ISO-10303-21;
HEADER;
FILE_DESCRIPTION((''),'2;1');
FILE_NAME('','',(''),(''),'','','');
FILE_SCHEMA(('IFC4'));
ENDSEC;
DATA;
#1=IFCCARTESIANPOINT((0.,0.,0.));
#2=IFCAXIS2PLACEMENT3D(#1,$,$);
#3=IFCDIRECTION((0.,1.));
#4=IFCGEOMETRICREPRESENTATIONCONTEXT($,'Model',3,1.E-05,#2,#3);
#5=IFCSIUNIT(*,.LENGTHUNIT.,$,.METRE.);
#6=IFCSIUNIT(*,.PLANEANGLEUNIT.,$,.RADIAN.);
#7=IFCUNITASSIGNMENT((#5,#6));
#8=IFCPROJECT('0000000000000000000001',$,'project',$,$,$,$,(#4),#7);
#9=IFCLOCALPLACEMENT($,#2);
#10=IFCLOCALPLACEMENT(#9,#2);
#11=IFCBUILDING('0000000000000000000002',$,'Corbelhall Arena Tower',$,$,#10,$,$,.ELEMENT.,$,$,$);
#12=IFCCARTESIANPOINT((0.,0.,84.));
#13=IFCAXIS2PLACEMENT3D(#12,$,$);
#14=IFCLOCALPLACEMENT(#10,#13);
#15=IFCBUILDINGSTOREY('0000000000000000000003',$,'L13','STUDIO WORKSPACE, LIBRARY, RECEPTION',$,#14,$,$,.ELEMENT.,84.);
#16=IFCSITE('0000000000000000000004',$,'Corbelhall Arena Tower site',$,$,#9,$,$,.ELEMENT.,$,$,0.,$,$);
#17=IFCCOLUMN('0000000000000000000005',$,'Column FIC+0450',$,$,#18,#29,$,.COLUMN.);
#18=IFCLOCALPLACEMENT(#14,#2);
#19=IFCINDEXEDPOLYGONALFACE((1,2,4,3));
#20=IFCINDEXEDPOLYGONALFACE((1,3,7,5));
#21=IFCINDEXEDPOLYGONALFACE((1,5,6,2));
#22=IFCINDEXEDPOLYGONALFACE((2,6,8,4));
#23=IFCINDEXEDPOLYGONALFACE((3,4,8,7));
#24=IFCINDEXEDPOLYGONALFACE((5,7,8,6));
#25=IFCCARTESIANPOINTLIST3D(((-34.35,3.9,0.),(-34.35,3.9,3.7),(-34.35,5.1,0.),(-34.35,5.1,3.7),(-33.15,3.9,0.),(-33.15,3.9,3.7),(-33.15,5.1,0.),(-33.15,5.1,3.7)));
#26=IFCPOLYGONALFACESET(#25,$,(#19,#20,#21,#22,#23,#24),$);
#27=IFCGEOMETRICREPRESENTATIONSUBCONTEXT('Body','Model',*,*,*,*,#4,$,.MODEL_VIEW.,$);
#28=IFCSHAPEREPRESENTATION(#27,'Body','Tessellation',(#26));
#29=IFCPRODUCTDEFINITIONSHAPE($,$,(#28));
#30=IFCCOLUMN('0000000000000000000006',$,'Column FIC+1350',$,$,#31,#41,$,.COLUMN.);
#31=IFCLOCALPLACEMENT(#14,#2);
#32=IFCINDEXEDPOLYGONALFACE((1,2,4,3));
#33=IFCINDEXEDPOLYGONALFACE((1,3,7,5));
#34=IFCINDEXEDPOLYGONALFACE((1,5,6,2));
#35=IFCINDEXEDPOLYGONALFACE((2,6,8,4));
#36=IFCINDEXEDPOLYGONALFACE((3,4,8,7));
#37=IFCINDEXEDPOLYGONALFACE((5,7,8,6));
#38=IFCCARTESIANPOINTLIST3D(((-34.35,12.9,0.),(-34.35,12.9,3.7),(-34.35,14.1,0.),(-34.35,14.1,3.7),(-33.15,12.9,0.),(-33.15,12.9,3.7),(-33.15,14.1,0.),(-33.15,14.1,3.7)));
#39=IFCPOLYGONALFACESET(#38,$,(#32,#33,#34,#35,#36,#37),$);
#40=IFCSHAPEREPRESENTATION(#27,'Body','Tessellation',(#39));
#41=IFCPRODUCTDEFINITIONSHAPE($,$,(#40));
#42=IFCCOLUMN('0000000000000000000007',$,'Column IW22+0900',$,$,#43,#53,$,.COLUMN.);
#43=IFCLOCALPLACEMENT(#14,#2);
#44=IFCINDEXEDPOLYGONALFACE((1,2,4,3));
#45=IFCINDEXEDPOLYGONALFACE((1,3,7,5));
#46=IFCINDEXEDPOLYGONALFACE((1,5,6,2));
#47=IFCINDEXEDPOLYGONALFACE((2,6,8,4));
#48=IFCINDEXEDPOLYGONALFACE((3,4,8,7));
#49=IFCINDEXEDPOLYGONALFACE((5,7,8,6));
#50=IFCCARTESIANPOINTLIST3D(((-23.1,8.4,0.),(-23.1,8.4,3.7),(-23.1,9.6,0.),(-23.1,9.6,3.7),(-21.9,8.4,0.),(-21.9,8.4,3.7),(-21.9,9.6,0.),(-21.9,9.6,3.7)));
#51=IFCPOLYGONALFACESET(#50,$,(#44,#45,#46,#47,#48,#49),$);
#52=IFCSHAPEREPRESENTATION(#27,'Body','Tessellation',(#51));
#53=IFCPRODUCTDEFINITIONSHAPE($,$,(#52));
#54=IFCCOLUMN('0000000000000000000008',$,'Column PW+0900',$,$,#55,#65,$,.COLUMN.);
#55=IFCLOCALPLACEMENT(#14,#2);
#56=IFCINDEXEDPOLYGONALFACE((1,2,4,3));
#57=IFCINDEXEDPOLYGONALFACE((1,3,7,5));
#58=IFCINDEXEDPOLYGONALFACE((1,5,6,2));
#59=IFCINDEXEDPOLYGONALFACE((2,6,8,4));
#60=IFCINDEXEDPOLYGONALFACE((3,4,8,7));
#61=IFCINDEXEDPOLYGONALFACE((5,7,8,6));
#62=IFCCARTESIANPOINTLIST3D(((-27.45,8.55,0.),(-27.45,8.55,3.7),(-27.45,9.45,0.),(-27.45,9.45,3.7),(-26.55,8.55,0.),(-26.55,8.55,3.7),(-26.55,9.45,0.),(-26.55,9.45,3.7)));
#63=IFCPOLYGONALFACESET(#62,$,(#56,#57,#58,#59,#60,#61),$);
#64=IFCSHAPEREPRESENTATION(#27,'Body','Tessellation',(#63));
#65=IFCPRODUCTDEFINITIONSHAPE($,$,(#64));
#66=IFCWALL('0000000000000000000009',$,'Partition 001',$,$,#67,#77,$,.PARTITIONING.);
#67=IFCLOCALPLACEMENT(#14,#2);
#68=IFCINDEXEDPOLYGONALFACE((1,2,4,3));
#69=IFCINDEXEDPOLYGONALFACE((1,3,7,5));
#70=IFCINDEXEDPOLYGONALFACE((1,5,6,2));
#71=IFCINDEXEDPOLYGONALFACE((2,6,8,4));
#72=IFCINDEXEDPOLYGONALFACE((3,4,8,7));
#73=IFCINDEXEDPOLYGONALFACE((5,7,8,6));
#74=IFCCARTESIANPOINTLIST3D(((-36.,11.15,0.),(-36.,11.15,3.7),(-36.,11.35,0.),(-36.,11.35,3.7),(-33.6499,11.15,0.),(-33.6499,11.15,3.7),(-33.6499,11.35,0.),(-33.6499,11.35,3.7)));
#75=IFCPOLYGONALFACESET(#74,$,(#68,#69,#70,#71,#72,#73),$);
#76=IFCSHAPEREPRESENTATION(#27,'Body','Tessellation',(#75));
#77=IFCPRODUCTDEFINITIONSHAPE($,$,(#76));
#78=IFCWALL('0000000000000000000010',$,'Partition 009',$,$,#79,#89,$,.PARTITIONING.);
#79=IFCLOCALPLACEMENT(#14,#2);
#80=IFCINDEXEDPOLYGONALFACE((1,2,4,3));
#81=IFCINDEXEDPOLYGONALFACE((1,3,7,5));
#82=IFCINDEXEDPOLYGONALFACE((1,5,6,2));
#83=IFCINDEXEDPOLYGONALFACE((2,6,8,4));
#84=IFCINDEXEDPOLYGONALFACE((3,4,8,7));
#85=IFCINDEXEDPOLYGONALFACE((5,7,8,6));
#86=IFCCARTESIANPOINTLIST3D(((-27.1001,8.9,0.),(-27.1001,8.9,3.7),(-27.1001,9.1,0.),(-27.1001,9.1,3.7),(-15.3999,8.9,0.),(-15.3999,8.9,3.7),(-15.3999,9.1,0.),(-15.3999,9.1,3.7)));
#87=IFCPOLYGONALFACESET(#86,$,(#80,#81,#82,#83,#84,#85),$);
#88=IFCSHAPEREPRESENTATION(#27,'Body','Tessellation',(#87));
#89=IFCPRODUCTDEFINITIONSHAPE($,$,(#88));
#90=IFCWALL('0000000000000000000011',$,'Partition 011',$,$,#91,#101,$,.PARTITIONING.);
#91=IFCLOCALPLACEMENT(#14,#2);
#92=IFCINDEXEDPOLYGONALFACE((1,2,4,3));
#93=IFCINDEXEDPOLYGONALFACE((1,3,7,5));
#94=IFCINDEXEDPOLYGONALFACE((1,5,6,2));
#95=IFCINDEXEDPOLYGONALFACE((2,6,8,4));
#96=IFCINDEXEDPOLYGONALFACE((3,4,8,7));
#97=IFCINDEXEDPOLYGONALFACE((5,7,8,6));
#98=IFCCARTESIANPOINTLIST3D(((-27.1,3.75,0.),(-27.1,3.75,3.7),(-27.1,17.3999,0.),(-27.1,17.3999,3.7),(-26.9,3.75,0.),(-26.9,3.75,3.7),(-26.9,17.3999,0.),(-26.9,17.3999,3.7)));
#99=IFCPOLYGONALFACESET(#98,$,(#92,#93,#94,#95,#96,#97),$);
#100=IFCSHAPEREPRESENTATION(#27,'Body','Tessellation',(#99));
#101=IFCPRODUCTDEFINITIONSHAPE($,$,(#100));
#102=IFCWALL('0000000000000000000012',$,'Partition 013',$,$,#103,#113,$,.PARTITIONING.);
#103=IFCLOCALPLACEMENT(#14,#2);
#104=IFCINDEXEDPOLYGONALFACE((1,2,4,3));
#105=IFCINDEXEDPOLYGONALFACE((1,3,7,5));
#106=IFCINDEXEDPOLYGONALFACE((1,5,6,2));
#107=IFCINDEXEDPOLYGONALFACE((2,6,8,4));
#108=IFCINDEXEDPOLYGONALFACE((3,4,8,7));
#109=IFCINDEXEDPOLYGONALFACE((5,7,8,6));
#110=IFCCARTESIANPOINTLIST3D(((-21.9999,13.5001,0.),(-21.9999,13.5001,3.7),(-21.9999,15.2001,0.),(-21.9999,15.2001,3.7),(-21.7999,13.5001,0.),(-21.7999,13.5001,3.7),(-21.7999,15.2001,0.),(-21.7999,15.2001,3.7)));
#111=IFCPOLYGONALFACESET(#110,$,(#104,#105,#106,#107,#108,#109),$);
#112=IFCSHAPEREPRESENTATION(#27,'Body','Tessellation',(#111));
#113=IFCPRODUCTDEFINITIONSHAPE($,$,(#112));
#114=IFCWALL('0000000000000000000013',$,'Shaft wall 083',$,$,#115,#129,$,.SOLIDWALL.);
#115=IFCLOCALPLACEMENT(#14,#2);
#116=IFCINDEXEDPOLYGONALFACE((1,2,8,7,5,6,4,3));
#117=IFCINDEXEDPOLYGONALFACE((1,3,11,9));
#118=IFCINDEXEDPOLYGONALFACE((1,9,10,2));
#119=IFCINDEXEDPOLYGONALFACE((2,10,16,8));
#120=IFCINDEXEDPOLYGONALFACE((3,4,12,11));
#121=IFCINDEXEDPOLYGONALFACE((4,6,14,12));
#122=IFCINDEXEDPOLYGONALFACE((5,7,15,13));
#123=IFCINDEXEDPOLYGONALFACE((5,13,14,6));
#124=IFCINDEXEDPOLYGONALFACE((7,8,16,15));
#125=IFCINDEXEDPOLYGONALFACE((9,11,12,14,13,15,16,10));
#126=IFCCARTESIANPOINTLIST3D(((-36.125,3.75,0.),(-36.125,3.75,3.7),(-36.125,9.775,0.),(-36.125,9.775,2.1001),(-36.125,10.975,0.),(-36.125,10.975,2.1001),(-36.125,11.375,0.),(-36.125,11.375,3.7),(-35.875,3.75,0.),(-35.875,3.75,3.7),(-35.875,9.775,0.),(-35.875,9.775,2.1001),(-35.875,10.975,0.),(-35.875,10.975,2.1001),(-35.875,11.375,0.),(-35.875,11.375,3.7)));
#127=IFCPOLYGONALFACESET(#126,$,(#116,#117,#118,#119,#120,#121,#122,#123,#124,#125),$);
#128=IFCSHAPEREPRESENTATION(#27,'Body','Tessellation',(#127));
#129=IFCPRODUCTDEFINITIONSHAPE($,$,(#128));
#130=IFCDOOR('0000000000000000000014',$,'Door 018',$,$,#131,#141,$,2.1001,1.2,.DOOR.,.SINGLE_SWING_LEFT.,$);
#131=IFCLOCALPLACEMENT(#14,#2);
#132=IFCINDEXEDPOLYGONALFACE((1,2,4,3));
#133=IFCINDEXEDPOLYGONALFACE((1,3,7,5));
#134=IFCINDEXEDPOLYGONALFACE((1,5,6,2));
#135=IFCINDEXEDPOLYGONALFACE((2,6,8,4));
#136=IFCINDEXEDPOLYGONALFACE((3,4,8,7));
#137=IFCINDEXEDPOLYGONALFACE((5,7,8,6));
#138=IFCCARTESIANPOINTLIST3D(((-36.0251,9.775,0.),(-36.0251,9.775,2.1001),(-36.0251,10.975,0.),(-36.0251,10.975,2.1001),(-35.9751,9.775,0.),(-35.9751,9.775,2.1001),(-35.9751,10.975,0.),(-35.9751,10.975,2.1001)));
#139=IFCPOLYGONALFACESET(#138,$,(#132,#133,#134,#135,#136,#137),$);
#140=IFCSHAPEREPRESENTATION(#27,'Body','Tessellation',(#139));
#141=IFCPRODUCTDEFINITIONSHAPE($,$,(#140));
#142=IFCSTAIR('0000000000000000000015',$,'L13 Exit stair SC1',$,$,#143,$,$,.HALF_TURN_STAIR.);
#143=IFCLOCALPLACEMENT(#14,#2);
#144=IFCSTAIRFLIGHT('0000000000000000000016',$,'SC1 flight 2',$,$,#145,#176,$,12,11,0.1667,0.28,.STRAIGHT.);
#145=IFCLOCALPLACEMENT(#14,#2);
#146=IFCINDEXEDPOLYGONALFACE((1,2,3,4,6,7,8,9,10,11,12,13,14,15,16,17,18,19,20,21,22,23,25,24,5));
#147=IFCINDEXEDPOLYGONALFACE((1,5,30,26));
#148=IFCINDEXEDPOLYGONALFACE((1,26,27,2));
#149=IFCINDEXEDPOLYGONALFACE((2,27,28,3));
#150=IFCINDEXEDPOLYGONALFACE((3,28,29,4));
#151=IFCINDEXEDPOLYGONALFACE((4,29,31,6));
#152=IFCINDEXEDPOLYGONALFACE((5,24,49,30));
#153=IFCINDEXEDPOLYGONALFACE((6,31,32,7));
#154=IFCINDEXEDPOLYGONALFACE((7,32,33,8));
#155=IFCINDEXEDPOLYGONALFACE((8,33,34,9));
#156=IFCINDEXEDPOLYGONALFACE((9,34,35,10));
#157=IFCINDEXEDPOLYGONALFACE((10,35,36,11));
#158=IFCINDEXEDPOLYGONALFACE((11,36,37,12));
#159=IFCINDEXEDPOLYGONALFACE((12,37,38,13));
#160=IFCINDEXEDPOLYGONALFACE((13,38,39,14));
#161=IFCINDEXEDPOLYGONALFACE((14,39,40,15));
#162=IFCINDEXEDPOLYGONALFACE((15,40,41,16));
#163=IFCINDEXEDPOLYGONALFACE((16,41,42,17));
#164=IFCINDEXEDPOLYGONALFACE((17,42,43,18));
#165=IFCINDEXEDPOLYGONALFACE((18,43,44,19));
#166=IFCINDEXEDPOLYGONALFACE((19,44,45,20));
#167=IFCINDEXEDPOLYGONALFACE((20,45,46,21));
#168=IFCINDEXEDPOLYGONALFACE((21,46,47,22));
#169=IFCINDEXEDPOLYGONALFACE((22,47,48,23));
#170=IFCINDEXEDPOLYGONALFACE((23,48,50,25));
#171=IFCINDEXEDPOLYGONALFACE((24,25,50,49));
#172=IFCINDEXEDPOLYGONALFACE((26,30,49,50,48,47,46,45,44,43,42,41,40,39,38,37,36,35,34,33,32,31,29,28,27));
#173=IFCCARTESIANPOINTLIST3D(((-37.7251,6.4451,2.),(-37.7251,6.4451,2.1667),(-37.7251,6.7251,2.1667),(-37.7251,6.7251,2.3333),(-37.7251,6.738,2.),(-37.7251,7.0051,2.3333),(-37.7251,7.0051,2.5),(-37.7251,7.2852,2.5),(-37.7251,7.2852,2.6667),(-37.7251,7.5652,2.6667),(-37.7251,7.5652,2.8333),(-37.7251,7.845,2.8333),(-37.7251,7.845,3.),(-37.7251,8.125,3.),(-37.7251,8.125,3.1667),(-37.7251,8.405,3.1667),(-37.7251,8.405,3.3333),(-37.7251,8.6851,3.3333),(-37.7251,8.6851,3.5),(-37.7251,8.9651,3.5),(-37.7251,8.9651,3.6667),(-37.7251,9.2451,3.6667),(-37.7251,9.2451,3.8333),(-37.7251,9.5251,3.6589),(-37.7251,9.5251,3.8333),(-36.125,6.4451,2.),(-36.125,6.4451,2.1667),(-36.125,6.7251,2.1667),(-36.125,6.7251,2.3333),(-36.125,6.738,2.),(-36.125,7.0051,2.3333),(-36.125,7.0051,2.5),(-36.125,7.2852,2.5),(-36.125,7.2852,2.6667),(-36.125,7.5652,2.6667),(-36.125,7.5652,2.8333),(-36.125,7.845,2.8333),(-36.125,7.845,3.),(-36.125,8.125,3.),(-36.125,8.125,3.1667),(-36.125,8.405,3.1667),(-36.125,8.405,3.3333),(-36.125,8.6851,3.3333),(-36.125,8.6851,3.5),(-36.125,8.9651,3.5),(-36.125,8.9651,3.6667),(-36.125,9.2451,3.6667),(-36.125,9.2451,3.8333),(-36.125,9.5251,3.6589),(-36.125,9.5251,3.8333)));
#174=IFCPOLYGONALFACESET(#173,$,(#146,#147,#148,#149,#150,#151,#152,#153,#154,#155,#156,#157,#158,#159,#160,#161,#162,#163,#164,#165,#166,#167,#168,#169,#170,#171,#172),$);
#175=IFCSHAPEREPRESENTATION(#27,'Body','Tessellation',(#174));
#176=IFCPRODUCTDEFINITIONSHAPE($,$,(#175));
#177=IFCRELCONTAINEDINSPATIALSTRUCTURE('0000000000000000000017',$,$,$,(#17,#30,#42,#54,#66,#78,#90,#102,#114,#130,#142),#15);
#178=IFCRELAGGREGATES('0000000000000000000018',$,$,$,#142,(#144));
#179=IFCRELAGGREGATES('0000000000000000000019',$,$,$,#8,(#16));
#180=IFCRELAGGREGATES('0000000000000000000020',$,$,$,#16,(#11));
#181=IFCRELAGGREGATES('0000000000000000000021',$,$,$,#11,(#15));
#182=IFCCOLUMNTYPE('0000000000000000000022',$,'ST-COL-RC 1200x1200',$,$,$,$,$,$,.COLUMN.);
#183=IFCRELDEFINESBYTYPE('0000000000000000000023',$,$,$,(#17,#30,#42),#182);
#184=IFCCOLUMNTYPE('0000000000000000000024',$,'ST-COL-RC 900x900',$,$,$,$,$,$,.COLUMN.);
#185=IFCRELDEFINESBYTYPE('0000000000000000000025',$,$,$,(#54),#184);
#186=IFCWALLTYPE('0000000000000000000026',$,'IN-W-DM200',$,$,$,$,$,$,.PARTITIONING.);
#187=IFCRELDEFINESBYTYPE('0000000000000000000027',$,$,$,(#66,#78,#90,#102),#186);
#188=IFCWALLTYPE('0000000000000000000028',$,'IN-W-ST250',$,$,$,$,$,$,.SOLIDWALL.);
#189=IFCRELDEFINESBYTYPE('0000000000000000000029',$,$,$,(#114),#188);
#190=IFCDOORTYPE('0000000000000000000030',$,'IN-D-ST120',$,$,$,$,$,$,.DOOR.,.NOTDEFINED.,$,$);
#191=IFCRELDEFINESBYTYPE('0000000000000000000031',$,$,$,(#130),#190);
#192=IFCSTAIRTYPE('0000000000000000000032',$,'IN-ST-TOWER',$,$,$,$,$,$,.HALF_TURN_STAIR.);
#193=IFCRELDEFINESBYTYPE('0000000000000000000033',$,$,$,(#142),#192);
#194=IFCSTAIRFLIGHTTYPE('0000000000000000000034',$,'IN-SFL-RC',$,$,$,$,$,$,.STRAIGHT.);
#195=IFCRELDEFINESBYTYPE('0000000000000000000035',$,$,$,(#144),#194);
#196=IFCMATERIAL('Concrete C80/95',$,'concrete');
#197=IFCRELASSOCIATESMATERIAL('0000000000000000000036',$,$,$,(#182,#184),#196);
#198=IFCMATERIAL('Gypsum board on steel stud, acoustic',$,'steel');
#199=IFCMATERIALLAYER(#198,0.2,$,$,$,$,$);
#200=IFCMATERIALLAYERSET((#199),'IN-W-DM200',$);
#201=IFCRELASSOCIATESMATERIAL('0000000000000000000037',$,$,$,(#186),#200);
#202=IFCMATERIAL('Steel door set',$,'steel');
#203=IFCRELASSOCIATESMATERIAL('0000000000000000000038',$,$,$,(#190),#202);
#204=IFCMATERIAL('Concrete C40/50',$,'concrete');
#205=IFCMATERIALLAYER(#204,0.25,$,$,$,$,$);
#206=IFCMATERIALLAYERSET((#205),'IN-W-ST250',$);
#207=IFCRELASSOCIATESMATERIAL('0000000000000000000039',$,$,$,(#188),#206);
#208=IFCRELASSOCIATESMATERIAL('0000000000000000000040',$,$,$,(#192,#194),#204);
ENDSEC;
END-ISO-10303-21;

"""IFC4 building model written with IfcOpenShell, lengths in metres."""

from ifc_helpers import new_model, si_unit, direction, frame, frame_2d, origin, origin_2d, place, context, subcontext, project, spatial, polyline, rectangle, outline, extrude, material, layer, layer_set, material_profile, profile_set, type_object, element, fill, aggregate, save


model = new_model("IFC4")

# Units and contexts
model_context = context("Model", 3, precision=1e-05, world=origin(), true_north=direction((0.0, 1.0)))
body_context = subcontext(model_context, "Body", "Model", "MODEL_VIEW")
ifc_project = project(units=[si_unit("LENGTHUNIT", "METRE"), si_unit("PLANEANGLEUNIT", "RADIAN")], contexts=[model_context])

# Site, building, storey
site_placement = place(None, origin())
site = spatial("IfcSite", under=ifc_project, at=site_placement, Name="Corbelhall Arena Tower site", CompositionType="ELEMENT", RefElevation=0.0)
building_placement = place(site_placement, origin())
building = spatial("IfcBuilding", under=site, at=building_placement, Name="Corbelhall Arena Tower", CompositionType="ELEMENT")
storey_placement = place(building_placement, frame((0.0, 0.0, 84.0)))
storey = spatial("IfcBuildingStorey", under=building, at=storey_placement, Name="L13", Description="STUDIO WORKSPACE, LIBRARY, RECEPTION", CompositionType="ELEMENT", Elevation=84.0)

# Columns
ifc_material_1 = material(Name="Concrete C80/95", Category="concrete")
ifc_material_profile_1 = material_profile(ifc_material_1, rectangle(XDim=1.2, YDim=1.2, at=origin_2d()))
ifc_profile_set_1 = profile_set([ifc_material_profile_1], Name="Concrete C80/95")
column_type_1 = type_object("IfcColumnType", Name="ST-COL-RC 1200x1200", PredefinedType="COLUMN", material=ifc_profile_set_1)
for number, where, z_axis, x_axis, name in (
    (1, (-33.75, 4.5, 0.0), (0.0, 0.0, 1.0), (1.0, 0.0, 0.0), "Column FIC+0450"),
    (2, (-33.75, 13.5, 0.0), (0.0, 0.0, 1.0), (1.0, 0.0, 0.0), "Column FIC+1350"),
    (3, (-22.5, 9.0, 0.0), (0.0, 0.0, 1.0), (1.0, 0.0, 0.0), "Column IW22+0900"),
):
    element("IfcColumn", number, at=place(storey_placement, frame(where, z_axis=z_axis, x_axis=x_axis)), inside=storey, type_object=column_type_1, Name=name, PredefinedType="COLUMN", context=body_context, shape_type="SweptSolid", body=[
        extrude(rectangle(XDim=1.2, YDim=1.2, at=origin_2d()), origin(), (0.0, 0.0, 1.0), 3.7),
    ])
ifc_material_profile_2 = material_profile(ifc_material_1, rectangle(XDim=0.8999, YDim=0.8999, at=origin_2d()))
ifc_profile_set_2 = profile_set([ifc_material_profile_2], Name="Concrete C80/95")
column_type_2 = type_object("IfcColumnType", Name="ST-COL-RC 900x900", PredefinedType="COLUMN", material=ifc_profile_set_2)
column_placement = place(storey_placement, frame((-27.0, 9.0, 0.0), z_axis=(0.0, 0.0, 1.0), x_axis=(1.0, 0.0, 0.0)))
element("IfcColumn", 4, at=column_placement, inside=storey, type_object=column_type_2, Name="Column PW+0900", PredefinedType="COLUMN", context=body_context, shape_type="SweptSolid", body=[
    extrude(rectangle(XDim=0.8999, YDim=0.8999, at=origin_2d()), origin(), (0.0, 0.0, 1.0), 3.7),
])

# Wall
ifc_material_2 = material(Name="Gypsum board on steel stud, acoustic", Category="steel")
ifc_layer_1 = layer(ifc_material_2, 0.2)
ifc_layer_set_1 = layer_set([ifc_layer_1], Name="IN-W-DM200")
wall_type_1 = type_object("IfcWallType", Name="IN-W-DM200", PredefinedType="PARTITIONING", material=ifc_layer_set_1)
wall_1_placement = place(storey_placement, frame((-36.0, 11.25, 0.0), z_axis=(0.0, 0.0, 1.0), x_axis=(1.0, 0.0, 0.0)))
element("IfcWall", 5, at=wall_1_placement, inside=storey, type_object=wall_type_1, Name="Partition 001", PredefinedType="PARTITIONING", context=body_context, shape_type="SweptSolid", body=[
    extrude(rectangle(XDim=2.3501, YDim=0.2, at=frame_2d((1.175, 0.0))), origin(), (0.0, 0.0, 1.0), 3.7),
])

# Shared definitions
ifc_material_3 = material(Name="Steel door set", Category="steel")

# Walls
wall_2_placement = place(storey_placement, frame((-27.1001, 9.0, 0.0), z_axis=(0.0, 0.0, 1.0), x_axis=(1.0, 0.0, 0.0)))
element("IfcWall", 6, at=wall_2_placement, inside=storey, type_object=wall_type_1, Name="Partition 009", PredefinedType="PARTITIONING", context=body_context, shape_type="SweptSolid", body=[
    extrude(rectangle(XDim=11.7002, YDim=0.2, at=frame_2d((5.8501, 0.0))), origin(), (0.0, 0.0, 1.0), 3.7),
])
wall_3_placement = place(storey_placement, frame((-27.0, 3.75, 0.0), z_axis=(0.0, 0.0, 1.0), x_axis=(0.0, 1.0, 0.0)))
element("IfcWall", 7, at=wall_3_placement, inside=storey, type_object=wall_type_1, Name="Partition 011", PredefinedType="PARTITIONING", context=body_context, shape_type="SweptSolid", body=[
    extrude(rectangle(XDim=13.6499, YDim=0.2, at=frame_2d((6.825, 0.0))), origin(), (0.0, 0.0, 1.0), 3.7),
])
wall_4_placement = place(storey_placement, frame((-21.8999, 13.5, 0.0), z_axis=(0.0, 0.0, 1.0), x_axis=(0.0, 1.0, 0.0)))
element("IfcWall", 8, at=wall_4_placement, inside=storey, type_object=wall_type_1, Name="Partition 013", PredefinedType="PARTITIONING", context=body_context, shape_type="SweptSolid", body=[
    extrude(rectangle(XDim=1.7, YDim=0.2, at=frame_2d((0.8501, 0.0))), origin(), (0.0, 0.0, 1.0), 3.7),
])

# Wall, opening, door
ifc_material_4 = material(Name="Concrete C40/50", Category="concrete")
door_type_1 = type_object("IfcDoorType", Name="IN-D-ST120", OperationType="NOTDEFINED", PredefinedType="DOOR", material=ifc_material_3)
ifc_layer_2 = layer(ifc_material_4, 0.25)
ifc_layer_set_2 = layer_set([ifc_layer_2], Name="IN-W-ST250")
wall_type_2 = type_object("IfcWallType", Name="IN-W-ST250", PredefinedType="SOLIDWALL", material=ifc_layer_set_2)
wall_5_placement = place(storey_placement, frame((-36.0, 11.375, 0.0), z_axis=(0.0, 0.0, 1.0), x_axis=(0.0, -1.0, 0.0)))
wall_5 = element("IfcWall", 9, at=wall_5_placement, inside=storey, type_object=wall_type_2, Name="Shaft wall 083", PredefinedType="SOLIDWALL", context=body_context, shape_type="SweptSolid", body=[
    extrude(rectangle(XDim=7.625, YDim=0.25, at=frame_2d((3.8125, 0.0))), origin(), (0.0, 0.0, 1.0), 3.7),
])
opening_1_placement = place(wall_5_placement, frame((0.3999, 0.0, 0.0)))
opening_1 = element("IfcOpeningElement", 10, at=opening_1_placement, cuts=wall_5, PredefinedType="OPENING", context=body_context, shape_type="SweptSolid", body=[
    extrude(rectangle(XDim=1.2, YDim=2.1001, at=frame_2d((0.6001, 1.05))), frame((0.0, 0.125, 0.0), z_axis=(0.0, -1.0, 0.0), x_axis=(1.0, 0.0, 0.0)), (0.0, 0.0, 1.0), 0.25),
])
door_1_placement = place(opening_1_placement, origin())
door_1 = element("IfcDoor", 11, at=door_1_placement, inside=storey, type_object=door_type_1, Name="Door 018", OperationType="SINGLE_SWING_LEFT", OverallHeight=2.1001, OverallWidth=1.2, PredefinedType="DOOR", context=body_context, shape_type="SweptSolid", body=[
    extrude(rectangle(XDim=1.2, YDim=2.1001, at=frame_2d((0.6001, 1.05))), frame((0.0, 0.0249, 0.0), z_axis=(0.0, -1.0, 0.0), x_axis=(1.0, 0.0, 0.0)), (0.0, 0.0, 1.0), 0.05),
])
fill(opening_1, door_1)

# Stair, stair flight
stair_type = type_object("IfcStairType", Name="IN-ST-TOWER", PredefinedType="HALF_TURN_STAIR", material=ifc_material_4)
stair_placement = place(storey_placement, origin())
stair = element("IfcStair", 12, at=stair_placement, inside=storey, type_object=stair_type, Name="L13 Exit stair SC1", PredefinedType="HALF_TURN_STAIR")
stair_flight_type = type_object("IfcStairFlightType", Name="IN-SFL-RC", PredefinedType="STRAIGHT", material=ifc_material_4)
stair_flight_placement = place(storey_placement, frame((-36.925, 6.4451, 2.0), z_axis=(0.0, 0.0, 1.0), x_axis=(0.0, 1.0, 0.0)))
stair_flight = element("IfcStairFlight", 13, at=stair_flight_placement, type_object=stair_flight_type, Name="SC1 flight 2", NumberOfRisers=12, NumberOfTreads=11, PredefinedType="STRAIGHT", RiserHeight=0.1667, TreadLength=0.28, context=body_context, shape_type="SweptSolid", body=[
    extrude(outline(polyline([(0.0, 0.0), (0.0, 0.1667), (0.28, 0.1667), (0.28, 0.3333), (0.5601, 0.3333), (0.5601, 0.5), (0.8401, 0.5), (0.8401, 0.6667), (1.1201, 0.6667), (1.1201, 0.8333), (1.3999, 0.8333), (1.3999, 1.0), (1.6799, 1.0), (1.6799, 1.1667), (1.96, 1.1667), (1.96, 1.3333), (2.24, 1.3333), (2.24, 1.5), (2.52, 1.5), (2.52, 1.6667), (2.8, 1.6667), (2.8, 1.8333), (3.0801, 1.8333), (3.0801, 2.0), (3.0801, 1.6589), (0.293, 0.0), (0.0, 0.0)])), frame((0.0, 0.8, 0.0), z_axis=(0.0, -1.0, 0.0), x_axis=(1.0, 0.0, 0.0)), (0.0, 0.0, 1.0), 1.6001),
])
aggregate(stair, [stair_flight])

save(model, "model.ifc")
